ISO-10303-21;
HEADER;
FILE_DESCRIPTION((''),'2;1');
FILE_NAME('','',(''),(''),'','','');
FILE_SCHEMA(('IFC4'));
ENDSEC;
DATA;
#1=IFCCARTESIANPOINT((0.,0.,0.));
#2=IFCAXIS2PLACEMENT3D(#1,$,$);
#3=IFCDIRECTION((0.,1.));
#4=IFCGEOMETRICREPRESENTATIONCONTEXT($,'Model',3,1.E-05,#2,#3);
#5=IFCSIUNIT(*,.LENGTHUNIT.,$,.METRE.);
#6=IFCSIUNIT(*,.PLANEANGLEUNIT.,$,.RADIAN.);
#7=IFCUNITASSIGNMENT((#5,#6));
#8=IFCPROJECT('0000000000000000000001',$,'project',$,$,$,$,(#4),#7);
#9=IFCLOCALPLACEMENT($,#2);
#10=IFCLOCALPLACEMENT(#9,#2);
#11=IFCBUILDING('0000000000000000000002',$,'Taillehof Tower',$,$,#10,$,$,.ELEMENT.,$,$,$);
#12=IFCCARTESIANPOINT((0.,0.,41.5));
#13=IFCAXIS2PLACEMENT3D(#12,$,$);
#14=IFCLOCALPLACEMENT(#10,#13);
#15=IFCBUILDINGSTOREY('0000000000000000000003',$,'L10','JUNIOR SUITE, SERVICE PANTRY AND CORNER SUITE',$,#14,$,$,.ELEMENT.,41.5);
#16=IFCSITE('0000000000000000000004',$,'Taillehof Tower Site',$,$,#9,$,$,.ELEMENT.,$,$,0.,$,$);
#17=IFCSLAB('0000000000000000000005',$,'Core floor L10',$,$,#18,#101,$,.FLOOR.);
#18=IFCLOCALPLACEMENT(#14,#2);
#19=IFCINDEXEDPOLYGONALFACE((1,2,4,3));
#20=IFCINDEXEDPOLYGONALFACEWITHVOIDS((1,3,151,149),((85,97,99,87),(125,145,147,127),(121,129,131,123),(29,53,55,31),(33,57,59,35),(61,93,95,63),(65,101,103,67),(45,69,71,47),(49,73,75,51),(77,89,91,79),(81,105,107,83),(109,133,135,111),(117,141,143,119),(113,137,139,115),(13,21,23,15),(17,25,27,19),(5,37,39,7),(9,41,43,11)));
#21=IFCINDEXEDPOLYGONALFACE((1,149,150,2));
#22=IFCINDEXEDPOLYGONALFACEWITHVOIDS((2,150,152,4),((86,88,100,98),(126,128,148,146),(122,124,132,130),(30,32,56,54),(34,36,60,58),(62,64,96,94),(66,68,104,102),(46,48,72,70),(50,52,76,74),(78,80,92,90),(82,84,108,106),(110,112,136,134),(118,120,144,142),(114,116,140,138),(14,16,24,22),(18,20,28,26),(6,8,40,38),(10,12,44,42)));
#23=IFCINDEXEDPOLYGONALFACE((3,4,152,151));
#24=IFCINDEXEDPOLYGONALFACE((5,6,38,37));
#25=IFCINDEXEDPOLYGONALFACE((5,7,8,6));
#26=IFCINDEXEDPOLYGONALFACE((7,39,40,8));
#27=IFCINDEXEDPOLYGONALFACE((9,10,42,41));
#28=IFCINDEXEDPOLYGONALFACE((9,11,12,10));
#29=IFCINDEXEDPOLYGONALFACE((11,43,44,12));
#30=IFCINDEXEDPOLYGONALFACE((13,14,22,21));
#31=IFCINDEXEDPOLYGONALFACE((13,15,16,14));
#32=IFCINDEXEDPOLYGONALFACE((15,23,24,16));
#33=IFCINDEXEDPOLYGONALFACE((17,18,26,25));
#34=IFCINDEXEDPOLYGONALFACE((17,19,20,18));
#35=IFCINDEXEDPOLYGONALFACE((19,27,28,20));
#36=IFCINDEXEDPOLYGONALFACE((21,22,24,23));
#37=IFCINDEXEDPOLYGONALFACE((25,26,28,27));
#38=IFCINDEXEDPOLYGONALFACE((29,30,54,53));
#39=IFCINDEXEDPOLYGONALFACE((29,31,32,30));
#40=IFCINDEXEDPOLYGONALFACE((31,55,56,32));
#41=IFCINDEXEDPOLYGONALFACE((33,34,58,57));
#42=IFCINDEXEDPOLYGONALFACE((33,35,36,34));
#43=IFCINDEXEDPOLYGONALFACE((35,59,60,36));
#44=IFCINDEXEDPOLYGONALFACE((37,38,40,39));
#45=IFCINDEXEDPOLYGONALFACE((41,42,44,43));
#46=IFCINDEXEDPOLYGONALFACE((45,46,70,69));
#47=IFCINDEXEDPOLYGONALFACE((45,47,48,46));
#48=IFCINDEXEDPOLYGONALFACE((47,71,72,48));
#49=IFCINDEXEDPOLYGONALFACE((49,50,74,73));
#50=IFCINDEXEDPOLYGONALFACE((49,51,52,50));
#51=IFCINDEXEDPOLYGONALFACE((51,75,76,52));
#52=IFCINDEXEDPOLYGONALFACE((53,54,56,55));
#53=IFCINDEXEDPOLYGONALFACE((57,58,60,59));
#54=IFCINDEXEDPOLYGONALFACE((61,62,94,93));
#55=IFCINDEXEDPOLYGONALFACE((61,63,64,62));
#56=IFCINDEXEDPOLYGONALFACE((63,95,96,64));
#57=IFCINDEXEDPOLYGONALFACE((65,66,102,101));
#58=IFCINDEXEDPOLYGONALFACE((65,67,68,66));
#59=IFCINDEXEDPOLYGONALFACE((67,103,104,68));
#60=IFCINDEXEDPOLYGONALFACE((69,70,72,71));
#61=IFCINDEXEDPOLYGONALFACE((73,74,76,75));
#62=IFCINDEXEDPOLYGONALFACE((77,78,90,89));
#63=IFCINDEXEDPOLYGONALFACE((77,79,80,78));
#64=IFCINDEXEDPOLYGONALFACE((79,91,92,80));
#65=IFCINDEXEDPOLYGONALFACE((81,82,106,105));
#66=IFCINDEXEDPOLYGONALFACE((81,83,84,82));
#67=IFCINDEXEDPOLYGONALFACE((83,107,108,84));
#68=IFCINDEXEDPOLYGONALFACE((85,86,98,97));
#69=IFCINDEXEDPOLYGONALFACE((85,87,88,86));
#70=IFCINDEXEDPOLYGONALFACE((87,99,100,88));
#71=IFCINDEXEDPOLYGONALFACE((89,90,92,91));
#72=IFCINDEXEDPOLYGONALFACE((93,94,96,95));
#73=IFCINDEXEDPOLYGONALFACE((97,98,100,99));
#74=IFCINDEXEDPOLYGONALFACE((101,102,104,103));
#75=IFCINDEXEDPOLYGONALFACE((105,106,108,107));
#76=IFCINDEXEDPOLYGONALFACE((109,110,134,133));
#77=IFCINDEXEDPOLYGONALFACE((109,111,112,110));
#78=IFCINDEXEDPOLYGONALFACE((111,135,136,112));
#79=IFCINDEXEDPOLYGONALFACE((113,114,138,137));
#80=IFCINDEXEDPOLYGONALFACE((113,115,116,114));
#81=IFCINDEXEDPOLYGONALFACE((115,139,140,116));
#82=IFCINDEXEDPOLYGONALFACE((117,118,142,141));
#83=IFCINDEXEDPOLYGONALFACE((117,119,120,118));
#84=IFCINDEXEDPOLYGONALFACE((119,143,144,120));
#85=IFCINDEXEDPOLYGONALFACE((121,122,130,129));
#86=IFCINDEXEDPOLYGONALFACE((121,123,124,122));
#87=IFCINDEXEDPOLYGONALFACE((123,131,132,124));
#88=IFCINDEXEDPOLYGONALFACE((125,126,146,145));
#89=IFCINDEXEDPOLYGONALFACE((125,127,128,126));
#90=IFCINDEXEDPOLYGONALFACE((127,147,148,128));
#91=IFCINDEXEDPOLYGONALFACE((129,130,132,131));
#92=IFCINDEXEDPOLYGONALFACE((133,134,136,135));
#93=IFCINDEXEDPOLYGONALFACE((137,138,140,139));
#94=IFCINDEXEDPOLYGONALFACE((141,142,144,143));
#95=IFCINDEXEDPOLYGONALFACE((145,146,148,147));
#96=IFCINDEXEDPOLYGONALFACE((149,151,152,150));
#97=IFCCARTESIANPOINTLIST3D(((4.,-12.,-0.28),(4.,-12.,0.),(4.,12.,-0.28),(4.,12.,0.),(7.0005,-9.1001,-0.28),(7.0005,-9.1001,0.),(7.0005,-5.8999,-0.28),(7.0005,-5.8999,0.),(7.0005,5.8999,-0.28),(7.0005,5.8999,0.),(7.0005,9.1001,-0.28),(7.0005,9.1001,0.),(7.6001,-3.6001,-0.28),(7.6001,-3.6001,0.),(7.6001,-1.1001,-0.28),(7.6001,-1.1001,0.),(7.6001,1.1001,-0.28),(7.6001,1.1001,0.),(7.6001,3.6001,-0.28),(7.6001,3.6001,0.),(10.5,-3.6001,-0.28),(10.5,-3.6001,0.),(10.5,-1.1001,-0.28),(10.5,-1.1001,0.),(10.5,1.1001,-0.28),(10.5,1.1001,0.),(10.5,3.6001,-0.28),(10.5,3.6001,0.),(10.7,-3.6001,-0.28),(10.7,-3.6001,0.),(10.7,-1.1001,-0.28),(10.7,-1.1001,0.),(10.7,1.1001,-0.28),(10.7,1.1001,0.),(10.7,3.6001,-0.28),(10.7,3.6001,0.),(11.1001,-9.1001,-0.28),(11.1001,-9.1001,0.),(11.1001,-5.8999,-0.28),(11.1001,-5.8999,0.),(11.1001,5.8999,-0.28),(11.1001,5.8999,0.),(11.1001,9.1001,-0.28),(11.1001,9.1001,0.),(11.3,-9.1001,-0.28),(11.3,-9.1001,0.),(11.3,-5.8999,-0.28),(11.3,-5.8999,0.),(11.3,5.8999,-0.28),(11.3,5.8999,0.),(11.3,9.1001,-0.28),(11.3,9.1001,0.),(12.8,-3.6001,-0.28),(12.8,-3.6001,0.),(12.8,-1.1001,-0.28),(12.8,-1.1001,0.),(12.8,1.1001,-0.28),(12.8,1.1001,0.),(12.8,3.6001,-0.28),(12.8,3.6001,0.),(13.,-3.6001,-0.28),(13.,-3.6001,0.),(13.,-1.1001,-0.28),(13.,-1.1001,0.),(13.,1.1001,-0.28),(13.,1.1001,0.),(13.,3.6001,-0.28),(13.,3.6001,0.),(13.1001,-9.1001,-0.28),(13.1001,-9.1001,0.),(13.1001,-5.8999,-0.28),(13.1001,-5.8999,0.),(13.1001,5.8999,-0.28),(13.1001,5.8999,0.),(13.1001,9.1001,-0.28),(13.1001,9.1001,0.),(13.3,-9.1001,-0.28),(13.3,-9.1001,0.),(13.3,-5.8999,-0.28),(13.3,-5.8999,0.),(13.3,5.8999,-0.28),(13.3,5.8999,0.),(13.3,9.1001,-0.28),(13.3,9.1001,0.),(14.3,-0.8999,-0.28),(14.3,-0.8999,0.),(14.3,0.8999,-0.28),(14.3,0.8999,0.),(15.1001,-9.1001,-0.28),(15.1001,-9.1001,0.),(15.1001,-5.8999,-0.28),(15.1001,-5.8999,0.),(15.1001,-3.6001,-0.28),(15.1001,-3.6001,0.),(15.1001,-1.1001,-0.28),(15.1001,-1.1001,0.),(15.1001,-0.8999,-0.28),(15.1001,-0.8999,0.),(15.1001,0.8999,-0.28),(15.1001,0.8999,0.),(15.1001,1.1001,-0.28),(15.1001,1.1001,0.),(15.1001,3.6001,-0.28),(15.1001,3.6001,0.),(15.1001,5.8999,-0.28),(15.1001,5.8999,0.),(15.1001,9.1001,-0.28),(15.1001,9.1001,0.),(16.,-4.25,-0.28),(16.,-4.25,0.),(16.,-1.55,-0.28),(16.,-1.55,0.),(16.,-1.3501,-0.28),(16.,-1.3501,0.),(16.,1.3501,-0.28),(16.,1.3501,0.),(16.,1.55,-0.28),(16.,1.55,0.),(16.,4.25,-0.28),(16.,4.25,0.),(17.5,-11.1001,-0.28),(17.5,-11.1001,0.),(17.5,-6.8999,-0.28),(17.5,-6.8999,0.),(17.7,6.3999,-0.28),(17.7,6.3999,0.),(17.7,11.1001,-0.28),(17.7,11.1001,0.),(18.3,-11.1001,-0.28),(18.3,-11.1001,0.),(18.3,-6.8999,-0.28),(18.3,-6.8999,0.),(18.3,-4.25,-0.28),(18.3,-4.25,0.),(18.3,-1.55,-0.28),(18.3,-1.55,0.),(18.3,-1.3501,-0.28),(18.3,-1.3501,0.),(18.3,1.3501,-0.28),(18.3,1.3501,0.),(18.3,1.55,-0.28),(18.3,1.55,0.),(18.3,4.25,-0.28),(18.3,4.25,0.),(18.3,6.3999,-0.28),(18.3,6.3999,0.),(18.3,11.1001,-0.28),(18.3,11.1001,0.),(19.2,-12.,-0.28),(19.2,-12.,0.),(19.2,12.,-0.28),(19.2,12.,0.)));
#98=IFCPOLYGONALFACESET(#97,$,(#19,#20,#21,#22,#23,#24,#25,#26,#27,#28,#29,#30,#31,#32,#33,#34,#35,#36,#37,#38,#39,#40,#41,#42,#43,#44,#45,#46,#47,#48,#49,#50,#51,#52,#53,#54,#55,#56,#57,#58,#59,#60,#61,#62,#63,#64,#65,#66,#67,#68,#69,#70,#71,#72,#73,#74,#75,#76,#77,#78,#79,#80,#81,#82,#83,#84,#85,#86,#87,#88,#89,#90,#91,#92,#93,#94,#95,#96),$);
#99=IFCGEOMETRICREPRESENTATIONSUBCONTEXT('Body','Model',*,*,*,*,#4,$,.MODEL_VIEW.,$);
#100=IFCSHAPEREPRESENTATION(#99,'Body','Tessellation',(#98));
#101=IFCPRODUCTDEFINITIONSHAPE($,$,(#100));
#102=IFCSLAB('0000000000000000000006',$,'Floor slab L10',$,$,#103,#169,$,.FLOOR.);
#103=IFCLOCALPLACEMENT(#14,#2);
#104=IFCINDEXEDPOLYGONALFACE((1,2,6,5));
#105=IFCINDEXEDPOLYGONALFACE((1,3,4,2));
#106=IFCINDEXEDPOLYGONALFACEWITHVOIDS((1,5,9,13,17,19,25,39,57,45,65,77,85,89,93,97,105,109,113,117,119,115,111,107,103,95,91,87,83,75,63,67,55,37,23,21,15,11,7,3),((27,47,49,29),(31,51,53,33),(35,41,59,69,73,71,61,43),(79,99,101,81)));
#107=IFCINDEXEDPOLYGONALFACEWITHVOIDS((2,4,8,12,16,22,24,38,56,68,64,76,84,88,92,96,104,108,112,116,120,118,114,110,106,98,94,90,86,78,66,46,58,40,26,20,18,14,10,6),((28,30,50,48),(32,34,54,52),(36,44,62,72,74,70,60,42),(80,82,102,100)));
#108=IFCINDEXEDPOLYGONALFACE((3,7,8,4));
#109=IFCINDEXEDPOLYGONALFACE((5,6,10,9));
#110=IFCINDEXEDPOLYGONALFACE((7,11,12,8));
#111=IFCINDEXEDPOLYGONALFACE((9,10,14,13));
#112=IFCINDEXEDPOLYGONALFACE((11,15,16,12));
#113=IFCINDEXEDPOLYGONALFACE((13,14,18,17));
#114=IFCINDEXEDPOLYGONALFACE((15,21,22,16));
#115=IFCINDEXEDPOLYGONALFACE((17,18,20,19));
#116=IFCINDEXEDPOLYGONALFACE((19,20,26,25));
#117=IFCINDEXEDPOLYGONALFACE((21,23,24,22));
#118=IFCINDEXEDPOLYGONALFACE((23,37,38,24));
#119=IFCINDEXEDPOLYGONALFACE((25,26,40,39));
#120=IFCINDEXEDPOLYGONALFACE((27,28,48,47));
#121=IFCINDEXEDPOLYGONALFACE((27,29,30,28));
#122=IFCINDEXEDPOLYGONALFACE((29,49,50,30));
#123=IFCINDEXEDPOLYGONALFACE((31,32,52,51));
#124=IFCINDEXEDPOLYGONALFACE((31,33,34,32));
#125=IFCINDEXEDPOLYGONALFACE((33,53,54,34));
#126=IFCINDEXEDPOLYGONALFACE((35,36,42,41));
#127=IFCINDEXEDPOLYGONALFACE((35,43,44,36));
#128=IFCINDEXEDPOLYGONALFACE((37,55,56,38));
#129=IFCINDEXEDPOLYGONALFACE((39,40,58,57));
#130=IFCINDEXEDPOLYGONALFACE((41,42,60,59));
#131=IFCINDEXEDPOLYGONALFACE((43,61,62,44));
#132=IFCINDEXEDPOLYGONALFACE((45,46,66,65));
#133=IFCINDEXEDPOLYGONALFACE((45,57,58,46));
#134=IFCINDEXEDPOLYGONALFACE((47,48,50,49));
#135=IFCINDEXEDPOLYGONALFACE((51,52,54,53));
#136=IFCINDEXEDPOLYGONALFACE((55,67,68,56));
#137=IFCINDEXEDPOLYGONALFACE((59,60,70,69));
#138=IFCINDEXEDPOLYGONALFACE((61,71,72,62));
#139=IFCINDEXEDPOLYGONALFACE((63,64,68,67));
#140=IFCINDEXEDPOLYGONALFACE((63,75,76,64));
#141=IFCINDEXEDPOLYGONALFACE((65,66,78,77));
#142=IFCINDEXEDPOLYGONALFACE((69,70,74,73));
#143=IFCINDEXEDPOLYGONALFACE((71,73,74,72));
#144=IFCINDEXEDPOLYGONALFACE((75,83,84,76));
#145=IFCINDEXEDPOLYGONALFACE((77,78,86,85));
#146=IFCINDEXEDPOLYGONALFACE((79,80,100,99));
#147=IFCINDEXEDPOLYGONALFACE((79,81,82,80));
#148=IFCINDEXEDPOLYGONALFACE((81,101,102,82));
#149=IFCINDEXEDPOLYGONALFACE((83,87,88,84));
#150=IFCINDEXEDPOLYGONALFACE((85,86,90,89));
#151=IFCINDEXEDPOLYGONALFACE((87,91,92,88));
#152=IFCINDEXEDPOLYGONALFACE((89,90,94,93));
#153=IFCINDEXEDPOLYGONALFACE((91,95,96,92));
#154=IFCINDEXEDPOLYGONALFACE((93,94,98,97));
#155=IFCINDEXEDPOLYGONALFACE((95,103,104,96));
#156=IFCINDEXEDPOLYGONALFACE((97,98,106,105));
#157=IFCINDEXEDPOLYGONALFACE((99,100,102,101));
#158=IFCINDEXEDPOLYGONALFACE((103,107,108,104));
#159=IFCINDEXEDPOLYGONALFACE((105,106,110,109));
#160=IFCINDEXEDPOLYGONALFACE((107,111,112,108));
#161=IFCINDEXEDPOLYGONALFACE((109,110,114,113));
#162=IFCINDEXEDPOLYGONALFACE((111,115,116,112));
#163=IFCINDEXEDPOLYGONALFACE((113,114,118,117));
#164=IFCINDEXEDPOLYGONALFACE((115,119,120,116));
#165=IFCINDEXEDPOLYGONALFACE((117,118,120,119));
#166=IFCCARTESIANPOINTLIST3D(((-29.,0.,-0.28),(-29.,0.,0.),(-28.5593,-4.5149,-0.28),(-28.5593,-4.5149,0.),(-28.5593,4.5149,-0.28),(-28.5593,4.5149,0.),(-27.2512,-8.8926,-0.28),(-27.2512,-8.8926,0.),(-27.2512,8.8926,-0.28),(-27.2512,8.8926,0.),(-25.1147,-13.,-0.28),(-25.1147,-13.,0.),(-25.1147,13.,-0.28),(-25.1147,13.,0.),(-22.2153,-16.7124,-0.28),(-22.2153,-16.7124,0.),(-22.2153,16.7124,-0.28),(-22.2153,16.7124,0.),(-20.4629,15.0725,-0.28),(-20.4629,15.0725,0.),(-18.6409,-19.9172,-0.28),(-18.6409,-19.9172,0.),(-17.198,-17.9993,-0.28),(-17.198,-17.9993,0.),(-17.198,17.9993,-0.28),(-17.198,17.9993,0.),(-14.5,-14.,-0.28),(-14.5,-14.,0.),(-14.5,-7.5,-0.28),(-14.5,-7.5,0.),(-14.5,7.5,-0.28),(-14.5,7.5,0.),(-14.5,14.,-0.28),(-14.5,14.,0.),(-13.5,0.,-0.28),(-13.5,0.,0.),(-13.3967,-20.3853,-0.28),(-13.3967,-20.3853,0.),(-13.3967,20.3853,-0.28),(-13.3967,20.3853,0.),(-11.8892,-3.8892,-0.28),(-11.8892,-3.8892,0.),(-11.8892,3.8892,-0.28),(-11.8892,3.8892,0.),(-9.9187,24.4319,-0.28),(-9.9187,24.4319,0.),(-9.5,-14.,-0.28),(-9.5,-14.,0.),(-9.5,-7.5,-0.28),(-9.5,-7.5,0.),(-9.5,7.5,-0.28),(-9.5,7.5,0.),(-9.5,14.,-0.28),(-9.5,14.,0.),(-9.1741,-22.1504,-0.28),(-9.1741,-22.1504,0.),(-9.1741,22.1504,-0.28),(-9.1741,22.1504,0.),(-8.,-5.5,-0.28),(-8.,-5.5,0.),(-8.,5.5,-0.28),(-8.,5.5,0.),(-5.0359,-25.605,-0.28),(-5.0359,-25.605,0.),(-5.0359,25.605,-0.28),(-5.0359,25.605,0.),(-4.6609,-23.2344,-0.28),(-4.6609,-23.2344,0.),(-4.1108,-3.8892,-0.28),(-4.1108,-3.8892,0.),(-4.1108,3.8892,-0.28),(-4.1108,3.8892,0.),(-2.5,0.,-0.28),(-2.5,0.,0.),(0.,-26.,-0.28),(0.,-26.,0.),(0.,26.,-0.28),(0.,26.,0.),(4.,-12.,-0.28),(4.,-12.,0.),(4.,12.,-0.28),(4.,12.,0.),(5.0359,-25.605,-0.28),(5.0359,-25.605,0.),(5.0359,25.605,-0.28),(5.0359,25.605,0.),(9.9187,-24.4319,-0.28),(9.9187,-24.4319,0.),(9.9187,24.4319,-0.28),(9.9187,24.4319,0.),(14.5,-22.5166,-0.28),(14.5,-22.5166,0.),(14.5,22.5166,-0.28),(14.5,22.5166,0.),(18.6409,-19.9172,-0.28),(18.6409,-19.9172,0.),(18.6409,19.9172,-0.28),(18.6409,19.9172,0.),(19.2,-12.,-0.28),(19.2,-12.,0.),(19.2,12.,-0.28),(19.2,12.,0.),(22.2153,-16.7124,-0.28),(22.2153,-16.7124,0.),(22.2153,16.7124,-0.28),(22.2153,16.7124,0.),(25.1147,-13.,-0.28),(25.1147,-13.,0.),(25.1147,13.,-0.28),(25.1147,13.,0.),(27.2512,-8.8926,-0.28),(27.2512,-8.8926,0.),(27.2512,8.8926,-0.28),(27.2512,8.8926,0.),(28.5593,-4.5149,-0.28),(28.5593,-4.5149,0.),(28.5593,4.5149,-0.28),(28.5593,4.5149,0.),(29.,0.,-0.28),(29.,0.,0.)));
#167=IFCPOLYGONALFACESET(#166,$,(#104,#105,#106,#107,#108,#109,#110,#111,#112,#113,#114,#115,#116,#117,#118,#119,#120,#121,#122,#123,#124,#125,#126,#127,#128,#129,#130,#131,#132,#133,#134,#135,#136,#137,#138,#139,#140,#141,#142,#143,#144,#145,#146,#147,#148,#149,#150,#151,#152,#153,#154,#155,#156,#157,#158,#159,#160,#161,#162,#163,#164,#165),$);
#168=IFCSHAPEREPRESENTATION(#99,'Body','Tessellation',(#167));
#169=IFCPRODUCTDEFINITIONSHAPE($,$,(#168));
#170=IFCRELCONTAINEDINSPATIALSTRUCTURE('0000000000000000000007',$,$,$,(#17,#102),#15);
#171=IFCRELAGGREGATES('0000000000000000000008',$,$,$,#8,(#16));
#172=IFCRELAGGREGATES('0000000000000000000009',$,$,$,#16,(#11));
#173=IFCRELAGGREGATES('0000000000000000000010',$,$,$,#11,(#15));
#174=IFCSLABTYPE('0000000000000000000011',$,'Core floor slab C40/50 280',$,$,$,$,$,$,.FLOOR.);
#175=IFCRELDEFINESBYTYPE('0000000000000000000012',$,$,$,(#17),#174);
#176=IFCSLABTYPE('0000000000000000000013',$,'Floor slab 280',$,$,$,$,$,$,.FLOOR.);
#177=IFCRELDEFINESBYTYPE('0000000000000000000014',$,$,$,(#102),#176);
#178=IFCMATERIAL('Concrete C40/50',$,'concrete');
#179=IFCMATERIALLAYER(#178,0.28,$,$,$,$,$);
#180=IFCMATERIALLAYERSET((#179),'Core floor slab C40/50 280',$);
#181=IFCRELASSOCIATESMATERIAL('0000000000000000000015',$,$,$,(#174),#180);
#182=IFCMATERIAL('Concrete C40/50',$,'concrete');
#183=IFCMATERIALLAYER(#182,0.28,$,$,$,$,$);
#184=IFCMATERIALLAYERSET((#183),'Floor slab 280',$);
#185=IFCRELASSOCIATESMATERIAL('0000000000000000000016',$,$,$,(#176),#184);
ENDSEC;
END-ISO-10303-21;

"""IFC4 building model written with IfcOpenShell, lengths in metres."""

from ifc_helpers import new_model, si_unit, direction, frame, origin, place, context, subcontext, project, spatial, polyline, outline, extrude, material, layer, layer_set, type_object, element, save


model = new_model("IFC4")

# Units and contexts
model_context = context("Model", 3, precision=1e-05, world=origin(), true_north=direction((0.0, 1.0)))
body_context = subcontext(model_context, "Body", "Model", "MODEL_VIEW")
ifc_project = project(units=[si_unit("LENGTHUNIT", "METRE"), si_unit("PLANEANGLEUNIT", "RADIAN")], contexts=[model_context])

# Site, building, storey
site_placement = place(None, origin())
site = spatial("IfcSite", under=ifc_project, at=site_placement, Name="Taillehof Tower Site", CompositionType="ELEMENT", RefElevation=0.0)
building_placement = place(site_placement, origin())
building = spatial("IfcBuilding", under=site, at=building_placement, Name="Taillehof Tower", CompositionType="ELEMENT")
storey_placement = place(building_placement, frame((0.0, 0.0, 41.5)))
storey = spatial("IfcBuildingStorey", under=building, at=storey_placement, Name="L10", Description="JUNIOR SUITE, SERVICE PANTRY AND CORNER SUITE", CompositionType="ELEMENT", Elevation=41.5)

# Slabs
ifc_material_1 = material(Name="Concrete C40/50", Category="concrete")
ifc_layer_1 = layer(ifc_material_1, 0.28)
ifc_layer_set_1 = layer_set([ifc_layer_1], Name="Core floor slab C40/50 280")
slab_type_1 = type_object("IfcSlabType", Name="Core floor slab C40/50 280", PredefinedType="FLOOR", material=ifc_layer_set_1)
slab_1_placement = place(storey_placement, frame((0.0, 0.0, -0.28)))
element("IfcSlab", 1, at=slab_1_placement, inside=storey, type_object=slab_type_1, Name="Core floor L10", PredefinedType="FLOOR", context=body_context, shape_type="SweptSolid", body=[
    extrude(outline(polyline([(4.0, -12.0), (4.0, 12.0), (19.2, 12.0), (19.2, -12.0), (4.0, -12.0)]), holes=[polyline([(7.0005, -9.1001), (11.1001, -9.1001), (11.1001, -5.8999), (7.0005, -5.8999), (7.0005, -9.1001)]), polyline([(13.1001, -9.1001), (13.1001, -5.8999), (11.3, -5.8999), (11.3, -9.1001), (13.1001, -9.1001)]), polyline([(10.5, -3.6001), (10.5, -1.1001), (7.6001, -1.1001), (7.6001, -3.6001), (10.5, -3.6001)]), polyline([(12.8, -3.6001), (12.8, -1.1001), (10.7, -1.1001), (10.7, -3.6001), (12.8, -3.6001)]), polyline([(10.5, 1.1001), (10.5, 3.6001), (7.6001, 3.6001), (7.6001, 1.1001), (10.5, 1.1001)]), polyline([(12.8, 1.1001), (12.8, 3.6001), (10.7, 3.6001), (10.7, 1.1001), (12.8, 1.1001)]), polyline([(15.1001, 1.1001), (15.1001, 3.6001), (13.0, 3.6001), (13.0, 1.1001), (15.1001, 1.1001)]), polyline([(11.3, 5.8999), (13.1001, 5.8999), (13.1001, 9.1001), (11.3, 9.1001), (11.3, 5.8999)]), polyline([(7.0005, 5.8999), (11.1001, 5.8999), (11.1001, 9.1001), (7.0005, 9.1001), (7.0005, 5.8999)]), polyline([(18.3, -11.1001), (18.3, -6.8999), (17.5, -6.8999), (17.5, -11.1001), (18.3, -11.1001)]), polyline([(15.1001, -9.1001), (15.1001, -5.8999), (13.3, -5.8999), (13.3, -9.1001), (15.1001, -9.1001)]), polyline([(18.3, -4.25), (18.3, -1.55), (16.0, -1.55), (16.0, -4.25), (18.3, -4.25)]), polyline([(15.1001, -3.6001), (15.1001, -1.1001), (13.0, -1.1001), (13.0, -3.6001), (15.1001, -3.6001)]), polyline([(15.1001, -0.8999), (15.1001, 0.8999), (14.3, 0.8999), (14.3, -0.8999), (15.1001, -0.8999)]), polyline([(18.3, -1.3501), (18.3, 1.3501), (16.0, 1.3501), (16.0, -1.3501), (18.3, -1.3501)]), polyline([(18.3, 1.55), (18.3, 4.25), (16.0, 4.25), (16.0, 1.55), (18.3, 1.55)]), polyline([(13.3, 5.8999), (15.1001, 5.8999), (15.1001, 9.1001), (13.3, 9.1001), (13.3, 5.8999)]), polyline([(17.7, 6.3999), (18.3, 6.3999), (18.3, 11.1001), (17.7, 11.1001), (17.7, 6.3999)])]), origin(), (0.0, 0.0, 1.0), 0.28),
])
ifc_material_2 = material(Name="Concrete C40/50", Category="concrete")
ifc_layer_2 = layer(ifc_material_2, 0.28)
ifc_layer_set_2 = layer_set([ifc_layer_2], Name="Floor slab 280")
slab_type_2 = type_object("IfcSlabType", Name="Floor slab 280", PredefinedType="FLOOR", material=ifc_layer_set_2)
slab_2_placement = place(storey_placement, frame((0.0, 0.0, -0.28)))
element("IfcSlab", 2, at=slab_2_placement, inside=storey, type_object=slab_type_2, Name="Floor slab L10", PredefinedType="FLOOR", context=body_context, shape_type="SweptSolid", body=[
    extrude(outline(polyline([(29.0, 0.0), (28.5593, 4.5149), (27.2512, 8.8926), (25.1147, 13.0), (22.2153, 16.7124), (18.6409, 19.9172), (14.5, 22.5166), (9.9187, 24.4319), (5.0359, 25.605), (0.0, 26.0), (-5.0359, 25.605), (-9.9187, 24.4319), (-9.1741, 22.1504), (-13.3967, 20.3853), (-17.198, 17.9993), (-20.4629, 15.0725), (-22.2153, 16.7124), (-25.1147, 13.0), (-27.2512, 8.8926), (-28.5593, 4.5149), (-29.0, 0.0), (-28.5593, -4.5149), (-27.2512, -8.8926), (-25.1147, -13.0), (-22.2153, -16.7124), (-18.6409, -19.9172), (-17.198, -17.9993), (-13.3967, -20.3853), (-9.1741, -22.1504), (-4.6609, -23.2344), (-5.0359, -25.605), (0.0, -26.0), (5.0359, -25.605), (9.9187, -24.4319), (14.5, -22.5166), (18.6409, -19.9172), (22.2153, -16.7124), (25.1147, -13.0), (27.2512, -8.8926), (28.5593, -4.5149), (29.0, 0.0)]), holes=[polyline([(-14.5, -7.5), (-9.5, -7.5), (-9.5, -14.0), (-14.5, -14.0), (-14.5, -7.5)]), polyline([(-8.0, -5.5), (-11.8892, -3.8892), (-13.5, 0.0), (-11.8892, 3.8892), (-8.0, 5.5), (-4.1108, 3.8892), (-2.5, 0.0), (-4.1108, -3.8892), (-8.0, -5.5)]), polyline([(19.2, 12.0), (19.2, -12.0), (4.0, -12.0), (4.0, 12.0), (19.2, 12.0)]), polyline([(-14.5, 14.0), (-9.5, 14.0), (-9.5, 7.5), (-14.5, 7.5), (-14.5, 14.0)])]), origin(), (0.0, 0.0, 1.0), 0.28),
])

save(model, "model.ifc")
